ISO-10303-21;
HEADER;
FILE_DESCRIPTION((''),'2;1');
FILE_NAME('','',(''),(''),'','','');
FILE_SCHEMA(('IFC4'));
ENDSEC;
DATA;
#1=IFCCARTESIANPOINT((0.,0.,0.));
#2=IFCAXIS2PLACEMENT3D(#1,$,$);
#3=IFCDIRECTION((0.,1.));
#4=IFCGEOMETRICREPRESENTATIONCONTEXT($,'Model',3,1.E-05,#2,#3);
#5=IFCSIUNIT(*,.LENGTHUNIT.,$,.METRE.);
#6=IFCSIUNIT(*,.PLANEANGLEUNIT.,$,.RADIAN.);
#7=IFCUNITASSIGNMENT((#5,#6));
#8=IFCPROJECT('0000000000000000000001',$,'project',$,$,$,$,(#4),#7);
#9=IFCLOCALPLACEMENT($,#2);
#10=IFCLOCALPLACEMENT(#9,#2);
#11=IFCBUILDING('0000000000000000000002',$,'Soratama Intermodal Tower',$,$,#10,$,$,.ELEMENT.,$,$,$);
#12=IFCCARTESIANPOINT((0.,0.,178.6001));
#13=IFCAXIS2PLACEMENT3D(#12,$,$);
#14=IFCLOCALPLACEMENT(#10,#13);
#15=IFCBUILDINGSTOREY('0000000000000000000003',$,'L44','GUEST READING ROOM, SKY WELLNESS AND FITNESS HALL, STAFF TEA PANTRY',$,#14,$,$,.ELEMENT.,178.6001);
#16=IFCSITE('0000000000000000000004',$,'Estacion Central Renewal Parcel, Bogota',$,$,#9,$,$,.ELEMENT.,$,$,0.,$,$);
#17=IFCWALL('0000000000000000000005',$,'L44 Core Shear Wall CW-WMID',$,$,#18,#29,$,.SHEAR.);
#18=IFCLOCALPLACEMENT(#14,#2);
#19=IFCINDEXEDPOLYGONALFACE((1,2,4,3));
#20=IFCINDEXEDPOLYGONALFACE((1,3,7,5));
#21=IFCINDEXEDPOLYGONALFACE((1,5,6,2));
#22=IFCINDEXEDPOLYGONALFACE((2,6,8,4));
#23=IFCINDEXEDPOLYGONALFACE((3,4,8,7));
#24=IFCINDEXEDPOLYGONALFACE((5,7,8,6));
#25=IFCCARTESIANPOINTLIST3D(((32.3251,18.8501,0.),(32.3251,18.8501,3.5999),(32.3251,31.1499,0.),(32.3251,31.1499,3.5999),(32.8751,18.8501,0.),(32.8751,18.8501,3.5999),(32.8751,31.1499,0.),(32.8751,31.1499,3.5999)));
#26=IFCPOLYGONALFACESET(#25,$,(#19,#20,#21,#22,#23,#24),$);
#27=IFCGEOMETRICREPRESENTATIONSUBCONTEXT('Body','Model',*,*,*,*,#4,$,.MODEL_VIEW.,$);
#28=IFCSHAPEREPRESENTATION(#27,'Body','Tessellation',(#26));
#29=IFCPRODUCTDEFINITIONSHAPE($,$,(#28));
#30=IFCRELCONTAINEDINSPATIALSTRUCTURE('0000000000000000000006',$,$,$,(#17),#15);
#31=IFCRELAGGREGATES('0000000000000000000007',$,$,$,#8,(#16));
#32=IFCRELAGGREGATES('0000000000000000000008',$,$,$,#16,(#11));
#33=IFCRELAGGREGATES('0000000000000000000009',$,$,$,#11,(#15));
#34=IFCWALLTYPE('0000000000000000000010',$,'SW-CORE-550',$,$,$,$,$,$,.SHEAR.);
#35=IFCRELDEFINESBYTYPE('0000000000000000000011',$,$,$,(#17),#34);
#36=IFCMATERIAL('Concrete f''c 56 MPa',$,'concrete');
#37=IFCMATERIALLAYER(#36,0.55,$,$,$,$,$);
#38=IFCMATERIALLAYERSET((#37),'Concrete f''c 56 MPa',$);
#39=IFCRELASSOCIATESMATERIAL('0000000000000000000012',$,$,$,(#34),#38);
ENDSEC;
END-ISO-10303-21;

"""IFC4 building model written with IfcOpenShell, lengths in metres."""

from ifc_helpers import new_model, si_unit, direction, frame, frame_2d, origin, place, context, subcontext, project, spatial, rectangle, extrude, material, layer, layer_set, type_object, element, save


model = new_model("IFC4")

# Units and contexts
model_context = context("Model", 3, precision=1e-05, world=origin(), true_north=direction((0.0, 1.0)))
body_context = subcontext(model_context, "Body", "Model", "MODEL_VIEW")
ifc_project = project(units=[si_unit("LENGTHUNIT", "METRE"), si_unit("PLANEANGLEUNIT", "RADIAN")], contexts=[model_context])

# Site, building, storey
site_placement = place(None, origin())
site = spatial("IfcSite", under=ifc_project, at=site_placement, Name="Estacion Central Renewal Parcel, Bogota", CompositionType="ELEMENT", RefElevation=0.0)
building_placement = place(site_placement, origin())
building = spatial("IfcBuilding", under=site, at=building_placement, Name="Soratama Intermodal Tower", CompositionType="ELEMENT")
storey_placement = place(building_placement, frame((0.0, 0.0, 178.6001)))
storey = spatial("IfcBuildingStorey", under=building, at=storey_placement, Name="L44", Description="GUEST READING ROOM, SKY WELLNESS AND FITNESS HALL, STAFF TEA PANTRY", CompositionType="ELEMENT", Elevation=178.6001)

# Wall
ifc_material_1 = material(Name="Concrete f'c 56 MPa", Category="concrete")
ifc_layer_1 = layer(ifc_material_1, 0.55)
ifc_layer_set_1 = layer_set([ifc_layer_1], Name="Concrete f'c 56 MPa")
wall_type_1 = type_object("IfcWallType", Name="SW-CORE-550", PredefinedType="SHEAR", material=ifc_layer_set_1)
wall_1_placement = place(storey_placement, frame((32.6001, 18.8501, 0.0), z_axis=(0.0, 0.0, 1.0), x_axis=(0.0, 1.0, 0.0)))
element("IfcWall", 1, at=wall_1_placement, inside=storey, type_object=wall_type_1, Name="L44 Core Shear Wall CW-WMID", PredefinedType="SHEAR", context=body_context, shape_type="SweptSolid", body=[
    extrude(rectangle(XDim=12.2998, YDim=0.55, at=frame_2d((6.1499, 0.0))), origin(), (0.0, 0.0, 1.0), 3.5999),
])

save(model, "model.ifc")
